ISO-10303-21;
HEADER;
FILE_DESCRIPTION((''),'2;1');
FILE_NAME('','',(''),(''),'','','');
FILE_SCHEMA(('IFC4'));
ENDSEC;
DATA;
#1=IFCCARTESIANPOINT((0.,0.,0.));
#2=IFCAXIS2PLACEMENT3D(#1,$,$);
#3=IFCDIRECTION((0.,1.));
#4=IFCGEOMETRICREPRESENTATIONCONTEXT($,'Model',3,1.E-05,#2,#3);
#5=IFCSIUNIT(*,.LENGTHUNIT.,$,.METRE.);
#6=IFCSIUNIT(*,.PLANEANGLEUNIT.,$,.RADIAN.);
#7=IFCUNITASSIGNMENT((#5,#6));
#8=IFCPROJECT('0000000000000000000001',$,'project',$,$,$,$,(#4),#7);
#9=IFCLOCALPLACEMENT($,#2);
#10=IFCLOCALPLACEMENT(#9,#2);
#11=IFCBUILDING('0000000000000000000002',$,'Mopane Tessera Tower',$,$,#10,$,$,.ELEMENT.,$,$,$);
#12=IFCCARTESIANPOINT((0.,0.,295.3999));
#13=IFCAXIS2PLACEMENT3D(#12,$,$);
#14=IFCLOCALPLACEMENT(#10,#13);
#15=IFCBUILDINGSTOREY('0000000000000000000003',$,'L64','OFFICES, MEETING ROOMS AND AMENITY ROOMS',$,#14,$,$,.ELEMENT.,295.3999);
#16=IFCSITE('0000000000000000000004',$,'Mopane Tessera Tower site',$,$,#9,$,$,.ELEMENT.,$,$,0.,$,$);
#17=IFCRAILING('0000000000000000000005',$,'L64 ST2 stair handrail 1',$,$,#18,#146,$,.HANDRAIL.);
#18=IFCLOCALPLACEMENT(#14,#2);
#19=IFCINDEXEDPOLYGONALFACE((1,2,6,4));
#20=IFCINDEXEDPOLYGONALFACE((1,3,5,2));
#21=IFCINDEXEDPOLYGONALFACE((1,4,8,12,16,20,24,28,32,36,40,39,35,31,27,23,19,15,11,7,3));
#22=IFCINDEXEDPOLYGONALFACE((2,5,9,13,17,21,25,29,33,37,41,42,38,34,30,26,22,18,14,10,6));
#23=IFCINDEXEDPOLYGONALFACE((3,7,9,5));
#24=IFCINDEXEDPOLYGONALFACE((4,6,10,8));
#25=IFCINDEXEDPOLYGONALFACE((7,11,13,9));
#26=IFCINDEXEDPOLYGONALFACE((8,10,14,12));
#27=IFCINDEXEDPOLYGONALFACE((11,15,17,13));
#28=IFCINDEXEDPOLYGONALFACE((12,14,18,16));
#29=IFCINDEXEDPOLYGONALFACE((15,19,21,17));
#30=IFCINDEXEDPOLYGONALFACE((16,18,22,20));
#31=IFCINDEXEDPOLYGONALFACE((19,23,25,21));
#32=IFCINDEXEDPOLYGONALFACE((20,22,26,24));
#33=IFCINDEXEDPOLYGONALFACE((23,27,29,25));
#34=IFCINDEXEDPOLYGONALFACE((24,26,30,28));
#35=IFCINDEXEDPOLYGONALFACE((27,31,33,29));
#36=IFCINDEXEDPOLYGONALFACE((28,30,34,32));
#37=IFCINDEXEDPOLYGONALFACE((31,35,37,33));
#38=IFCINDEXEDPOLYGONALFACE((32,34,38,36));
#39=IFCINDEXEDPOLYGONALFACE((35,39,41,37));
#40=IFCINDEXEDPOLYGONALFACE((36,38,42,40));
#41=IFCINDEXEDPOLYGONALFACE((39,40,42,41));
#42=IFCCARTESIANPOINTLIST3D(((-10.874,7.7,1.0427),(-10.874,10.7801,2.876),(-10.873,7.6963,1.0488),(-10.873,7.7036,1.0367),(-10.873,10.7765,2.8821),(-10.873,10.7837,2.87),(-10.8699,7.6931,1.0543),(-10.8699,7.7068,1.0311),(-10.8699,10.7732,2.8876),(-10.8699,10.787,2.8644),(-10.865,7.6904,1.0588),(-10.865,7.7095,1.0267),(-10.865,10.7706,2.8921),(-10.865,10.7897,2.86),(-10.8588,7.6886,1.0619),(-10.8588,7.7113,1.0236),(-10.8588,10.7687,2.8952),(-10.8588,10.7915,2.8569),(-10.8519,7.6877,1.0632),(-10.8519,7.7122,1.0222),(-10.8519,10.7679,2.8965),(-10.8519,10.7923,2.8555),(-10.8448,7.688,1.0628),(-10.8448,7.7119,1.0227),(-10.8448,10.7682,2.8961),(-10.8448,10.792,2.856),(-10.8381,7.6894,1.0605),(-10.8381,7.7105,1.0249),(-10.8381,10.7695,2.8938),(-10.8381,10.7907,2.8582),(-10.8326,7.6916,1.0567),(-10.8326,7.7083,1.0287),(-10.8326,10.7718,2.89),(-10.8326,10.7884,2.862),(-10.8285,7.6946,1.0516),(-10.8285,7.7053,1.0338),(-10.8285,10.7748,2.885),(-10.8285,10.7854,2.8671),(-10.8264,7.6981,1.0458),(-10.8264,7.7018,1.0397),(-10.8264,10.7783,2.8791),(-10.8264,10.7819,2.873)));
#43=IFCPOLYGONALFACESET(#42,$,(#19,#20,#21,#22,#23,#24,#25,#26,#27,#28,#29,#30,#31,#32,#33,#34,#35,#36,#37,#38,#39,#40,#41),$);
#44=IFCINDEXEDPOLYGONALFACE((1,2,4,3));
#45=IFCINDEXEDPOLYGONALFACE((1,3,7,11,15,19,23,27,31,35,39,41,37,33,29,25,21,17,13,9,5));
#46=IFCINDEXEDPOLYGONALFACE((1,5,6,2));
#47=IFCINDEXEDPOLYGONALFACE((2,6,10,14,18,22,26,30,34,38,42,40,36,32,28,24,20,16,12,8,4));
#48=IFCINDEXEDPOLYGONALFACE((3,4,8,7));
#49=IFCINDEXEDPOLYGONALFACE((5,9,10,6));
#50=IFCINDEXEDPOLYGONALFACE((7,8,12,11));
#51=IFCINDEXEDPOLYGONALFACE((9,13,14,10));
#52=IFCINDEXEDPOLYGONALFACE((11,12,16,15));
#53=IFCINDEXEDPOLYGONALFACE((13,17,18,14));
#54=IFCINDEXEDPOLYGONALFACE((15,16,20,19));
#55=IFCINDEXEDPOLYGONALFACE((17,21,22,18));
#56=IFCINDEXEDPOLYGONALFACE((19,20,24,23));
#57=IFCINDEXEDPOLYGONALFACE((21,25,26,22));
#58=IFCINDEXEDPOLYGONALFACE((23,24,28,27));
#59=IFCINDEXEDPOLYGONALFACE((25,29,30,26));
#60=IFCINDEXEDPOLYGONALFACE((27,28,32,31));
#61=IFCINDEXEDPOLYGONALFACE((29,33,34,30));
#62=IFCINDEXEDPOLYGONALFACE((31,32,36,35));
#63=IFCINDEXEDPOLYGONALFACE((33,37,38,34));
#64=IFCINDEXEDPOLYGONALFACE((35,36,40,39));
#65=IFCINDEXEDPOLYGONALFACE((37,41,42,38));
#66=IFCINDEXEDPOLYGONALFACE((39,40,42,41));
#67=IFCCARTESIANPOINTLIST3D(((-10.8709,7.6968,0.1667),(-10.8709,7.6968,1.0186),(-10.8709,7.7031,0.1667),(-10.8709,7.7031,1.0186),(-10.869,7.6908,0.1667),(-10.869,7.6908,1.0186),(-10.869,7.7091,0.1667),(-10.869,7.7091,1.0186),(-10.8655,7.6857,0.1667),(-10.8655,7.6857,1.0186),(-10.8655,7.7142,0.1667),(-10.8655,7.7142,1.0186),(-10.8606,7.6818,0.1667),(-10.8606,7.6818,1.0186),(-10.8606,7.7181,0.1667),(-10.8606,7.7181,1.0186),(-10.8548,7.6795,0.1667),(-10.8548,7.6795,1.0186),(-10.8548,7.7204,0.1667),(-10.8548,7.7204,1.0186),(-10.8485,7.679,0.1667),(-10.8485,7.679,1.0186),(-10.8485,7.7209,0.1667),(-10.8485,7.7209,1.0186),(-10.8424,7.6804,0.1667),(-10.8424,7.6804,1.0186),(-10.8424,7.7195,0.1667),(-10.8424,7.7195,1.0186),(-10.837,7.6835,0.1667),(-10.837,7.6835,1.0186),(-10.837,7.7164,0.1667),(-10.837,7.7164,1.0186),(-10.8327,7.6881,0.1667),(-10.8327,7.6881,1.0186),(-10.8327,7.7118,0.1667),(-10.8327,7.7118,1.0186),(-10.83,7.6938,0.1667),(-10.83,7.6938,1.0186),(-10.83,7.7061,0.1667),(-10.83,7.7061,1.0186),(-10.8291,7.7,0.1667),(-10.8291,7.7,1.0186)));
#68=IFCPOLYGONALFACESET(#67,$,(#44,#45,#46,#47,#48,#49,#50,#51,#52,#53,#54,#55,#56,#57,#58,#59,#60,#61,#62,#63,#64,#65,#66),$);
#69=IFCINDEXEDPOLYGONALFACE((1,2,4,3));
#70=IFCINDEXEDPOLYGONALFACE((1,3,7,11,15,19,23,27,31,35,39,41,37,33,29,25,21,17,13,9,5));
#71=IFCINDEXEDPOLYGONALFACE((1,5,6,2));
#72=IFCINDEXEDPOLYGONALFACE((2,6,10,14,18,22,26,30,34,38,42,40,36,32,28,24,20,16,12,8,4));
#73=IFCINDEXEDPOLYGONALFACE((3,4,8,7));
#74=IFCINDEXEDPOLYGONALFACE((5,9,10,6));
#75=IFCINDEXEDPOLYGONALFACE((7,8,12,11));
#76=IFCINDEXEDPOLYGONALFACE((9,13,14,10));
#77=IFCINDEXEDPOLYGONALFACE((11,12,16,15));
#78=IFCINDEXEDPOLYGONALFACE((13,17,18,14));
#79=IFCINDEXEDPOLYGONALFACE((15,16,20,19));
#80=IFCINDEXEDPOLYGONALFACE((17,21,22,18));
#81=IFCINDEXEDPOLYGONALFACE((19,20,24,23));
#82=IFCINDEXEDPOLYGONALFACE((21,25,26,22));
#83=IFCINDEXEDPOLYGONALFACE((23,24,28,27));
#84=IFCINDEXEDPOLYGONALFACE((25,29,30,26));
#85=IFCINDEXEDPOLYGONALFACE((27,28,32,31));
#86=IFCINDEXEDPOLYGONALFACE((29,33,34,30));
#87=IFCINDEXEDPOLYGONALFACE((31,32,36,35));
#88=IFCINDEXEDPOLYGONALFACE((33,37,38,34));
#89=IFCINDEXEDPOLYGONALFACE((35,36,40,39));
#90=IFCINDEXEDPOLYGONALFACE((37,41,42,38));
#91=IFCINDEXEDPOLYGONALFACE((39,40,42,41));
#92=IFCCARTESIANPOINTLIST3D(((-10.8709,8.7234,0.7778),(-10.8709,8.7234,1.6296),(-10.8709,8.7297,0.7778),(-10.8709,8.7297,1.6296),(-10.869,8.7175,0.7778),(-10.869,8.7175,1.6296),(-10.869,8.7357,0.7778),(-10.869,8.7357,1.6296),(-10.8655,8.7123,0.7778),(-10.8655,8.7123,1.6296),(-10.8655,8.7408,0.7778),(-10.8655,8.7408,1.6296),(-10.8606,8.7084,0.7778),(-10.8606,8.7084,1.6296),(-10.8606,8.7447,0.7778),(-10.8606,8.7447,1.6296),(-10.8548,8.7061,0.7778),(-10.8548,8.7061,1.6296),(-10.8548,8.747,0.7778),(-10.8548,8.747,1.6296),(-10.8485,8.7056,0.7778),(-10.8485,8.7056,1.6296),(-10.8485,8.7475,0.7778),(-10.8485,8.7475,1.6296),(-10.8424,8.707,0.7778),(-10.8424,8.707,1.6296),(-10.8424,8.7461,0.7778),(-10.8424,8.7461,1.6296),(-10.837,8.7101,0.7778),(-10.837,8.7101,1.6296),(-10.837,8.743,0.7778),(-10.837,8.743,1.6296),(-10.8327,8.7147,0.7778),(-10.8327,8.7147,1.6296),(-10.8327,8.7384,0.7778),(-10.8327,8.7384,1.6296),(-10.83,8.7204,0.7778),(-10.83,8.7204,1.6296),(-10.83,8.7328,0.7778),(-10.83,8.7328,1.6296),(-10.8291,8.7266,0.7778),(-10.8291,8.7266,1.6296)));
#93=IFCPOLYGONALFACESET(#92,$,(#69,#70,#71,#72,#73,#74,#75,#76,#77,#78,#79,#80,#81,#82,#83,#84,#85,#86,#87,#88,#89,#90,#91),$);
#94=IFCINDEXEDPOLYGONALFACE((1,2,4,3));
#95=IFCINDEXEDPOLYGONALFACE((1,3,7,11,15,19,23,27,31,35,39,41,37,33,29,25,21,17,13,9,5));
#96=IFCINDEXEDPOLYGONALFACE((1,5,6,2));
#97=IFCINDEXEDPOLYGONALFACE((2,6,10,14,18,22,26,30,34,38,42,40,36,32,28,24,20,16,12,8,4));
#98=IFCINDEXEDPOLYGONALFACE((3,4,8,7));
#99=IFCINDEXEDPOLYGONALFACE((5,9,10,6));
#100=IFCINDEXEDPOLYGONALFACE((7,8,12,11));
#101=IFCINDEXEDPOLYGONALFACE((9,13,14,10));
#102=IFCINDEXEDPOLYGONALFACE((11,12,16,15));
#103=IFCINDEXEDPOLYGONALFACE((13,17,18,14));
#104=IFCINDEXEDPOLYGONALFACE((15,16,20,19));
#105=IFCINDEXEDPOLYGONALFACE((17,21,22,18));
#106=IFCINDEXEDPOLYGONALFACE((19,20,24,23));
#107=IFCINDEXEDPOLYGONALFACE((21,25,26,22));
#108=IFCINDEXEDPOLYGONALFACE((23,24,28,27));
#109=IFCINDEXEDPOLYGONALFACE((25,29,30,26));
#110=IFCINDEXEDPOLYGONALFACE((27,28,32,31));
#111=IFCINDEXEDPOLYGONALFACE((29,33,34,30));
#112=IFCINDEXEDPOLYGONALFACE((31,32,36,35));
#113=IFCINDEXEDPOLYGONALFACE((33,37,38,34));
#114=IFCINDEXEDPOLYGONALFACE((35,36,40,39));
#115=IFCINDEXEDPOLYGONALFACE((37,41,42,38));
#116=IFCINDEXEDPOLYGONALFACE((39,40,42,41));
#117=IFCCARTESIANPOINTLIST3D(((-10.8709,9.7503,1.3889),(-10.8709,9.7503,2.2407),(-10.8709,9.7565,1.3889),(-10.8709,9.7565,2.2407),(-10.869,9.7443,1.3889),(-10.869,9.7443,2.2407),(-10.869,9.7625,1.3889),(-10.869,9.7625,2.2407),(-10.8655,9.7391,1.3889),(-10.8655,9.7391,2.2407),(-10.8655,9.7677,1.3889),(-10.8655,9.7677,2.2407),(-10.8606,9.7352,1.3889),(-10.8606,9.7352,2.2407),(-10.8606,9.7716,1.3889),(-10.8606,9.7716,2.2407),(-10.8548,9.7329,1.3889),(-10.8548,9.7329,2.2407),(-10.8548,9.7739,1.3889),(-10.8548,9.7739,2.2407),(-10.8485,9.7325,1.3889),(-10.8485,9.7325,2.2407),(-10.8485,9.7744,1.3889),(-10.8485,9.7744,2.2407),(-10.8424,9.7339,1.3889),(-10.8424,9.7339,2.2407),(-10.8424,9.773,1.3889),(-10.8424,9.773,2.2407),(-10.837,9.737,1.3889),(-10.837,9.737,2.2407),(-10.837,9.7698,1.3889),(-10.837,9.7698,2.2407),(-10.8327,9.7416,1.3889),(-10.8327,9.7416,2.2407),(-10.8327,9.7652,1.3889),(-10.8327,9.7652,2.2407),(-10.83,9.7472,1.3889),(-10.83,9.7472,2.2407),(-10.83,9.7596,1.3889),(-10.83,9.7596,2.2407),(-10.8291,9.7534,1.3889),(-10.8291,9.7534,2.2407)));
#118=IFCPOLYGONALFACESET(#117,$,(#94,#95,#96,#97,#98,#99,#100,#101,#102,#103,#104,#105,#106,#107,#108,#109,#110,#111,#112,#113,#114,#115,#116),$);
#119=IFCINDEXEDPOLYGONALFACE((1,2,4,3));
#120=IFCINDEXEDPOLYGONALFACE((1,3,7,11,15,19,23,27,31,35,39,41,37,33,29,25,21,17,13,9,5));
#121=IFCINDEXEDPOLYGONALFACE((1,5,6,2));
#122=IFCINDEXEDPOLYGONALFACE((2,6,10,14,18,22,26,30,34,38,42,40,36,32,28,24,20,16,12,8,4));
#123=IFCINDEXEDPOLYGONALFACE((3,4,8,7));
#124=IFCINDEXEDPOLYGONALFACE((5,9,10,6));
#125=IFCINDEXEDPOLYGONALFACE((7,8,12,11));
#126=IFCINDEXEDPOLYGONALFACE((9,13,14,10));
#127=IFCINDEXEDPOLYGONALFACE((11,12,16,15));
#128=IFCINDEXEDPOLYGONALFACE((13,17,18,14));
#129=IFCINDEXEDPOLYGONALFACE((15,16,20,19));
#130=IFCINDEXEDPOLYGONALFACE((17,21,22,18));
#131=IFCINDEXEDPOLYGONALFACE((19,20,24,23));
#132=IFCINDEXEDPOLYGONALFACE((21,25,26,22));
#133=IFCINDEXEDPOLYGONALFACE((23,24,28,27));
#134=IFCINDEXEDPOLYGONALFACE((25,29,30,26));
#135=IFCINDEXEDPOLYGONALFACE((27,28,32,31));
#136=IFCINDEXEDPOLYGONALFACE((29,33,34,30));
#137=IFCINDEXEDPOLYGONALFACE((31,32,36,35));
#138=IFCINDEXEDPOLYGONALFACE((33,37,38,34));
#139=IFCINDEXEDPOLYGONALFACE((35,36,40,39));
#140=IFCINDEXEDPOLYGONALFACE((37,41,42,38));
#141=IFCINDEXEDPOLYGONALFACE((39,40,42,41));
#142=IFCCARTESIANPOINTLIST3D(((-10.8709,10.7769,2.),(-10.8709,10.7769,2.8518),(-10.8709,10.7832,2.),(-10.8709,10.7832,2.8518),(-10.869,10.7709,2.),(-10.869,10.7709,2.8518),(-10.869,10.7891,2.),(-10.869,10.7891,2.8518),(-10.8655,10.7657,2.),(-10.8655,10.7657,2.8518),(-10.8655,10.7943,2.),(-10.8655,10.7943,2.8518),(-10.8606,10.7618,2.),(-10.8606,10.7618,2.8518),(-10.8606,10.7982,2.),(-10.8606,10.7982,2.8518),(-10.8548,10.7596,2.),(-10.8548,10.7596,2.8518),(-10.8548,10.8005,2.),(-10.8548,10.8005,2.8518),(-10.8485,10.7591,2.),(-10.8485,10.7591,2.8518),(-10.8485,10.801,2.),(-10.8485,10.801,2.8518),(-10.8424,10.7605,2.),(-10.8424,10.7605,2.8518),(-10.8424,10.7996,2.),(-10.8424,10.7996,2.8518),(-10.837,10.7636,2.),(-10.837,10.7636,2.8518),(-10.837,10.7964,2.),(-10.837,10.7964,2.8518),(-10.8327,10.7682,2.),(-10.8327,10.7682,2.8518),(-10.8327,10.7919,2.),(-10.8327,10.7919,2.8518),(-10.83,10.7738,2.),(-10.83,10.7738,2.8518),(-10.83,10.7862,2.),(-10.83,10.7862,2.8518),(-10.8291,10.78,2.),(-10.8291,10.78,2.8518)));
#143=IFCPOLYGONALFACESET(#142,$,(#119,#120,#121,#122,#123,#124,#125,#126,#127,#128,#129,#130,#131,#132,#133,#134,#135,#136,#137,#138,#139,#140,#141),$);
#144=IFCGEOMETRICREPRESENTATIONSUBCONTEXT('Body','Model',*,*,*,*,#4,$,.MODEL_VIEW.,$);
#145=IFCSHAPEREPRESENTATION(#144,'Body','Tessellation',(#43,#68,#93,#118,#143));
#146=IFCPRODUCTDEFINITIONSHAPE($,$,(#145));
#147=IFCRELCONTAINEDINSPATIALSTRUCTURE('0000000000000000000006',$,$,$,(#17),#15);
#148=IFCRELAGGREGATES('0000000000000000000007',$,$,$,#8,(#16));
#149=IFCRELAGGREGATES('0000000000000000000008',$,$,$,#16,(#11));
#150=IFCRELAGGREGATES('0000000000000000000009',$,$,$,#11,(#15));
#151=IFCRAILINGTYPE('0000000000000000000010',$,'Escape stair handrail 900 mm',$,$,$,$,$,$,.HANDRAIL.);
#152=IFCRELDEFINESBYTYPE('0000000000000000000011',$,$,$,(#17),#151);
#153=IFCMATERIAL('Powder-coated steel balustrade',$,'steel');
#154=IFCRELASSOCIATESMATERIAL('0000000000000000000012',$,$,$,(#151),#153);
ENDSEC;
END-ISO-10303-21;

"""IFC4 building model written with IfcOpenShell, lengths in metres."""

from ifc_helpers import new_model, si_unit, direction, frame, origin, origin_2d, place, context, subcontext, project, spatial, circle, extrude, material, type_object, element, save


model = new_model("IFC4")

# Units and contexts
model_context = context("Model", 3, precision=1e-05, world=origin(), true_north=direction((0.0, 1.0)))
body_context = subcontext(model_context, "Body", "Model", "MODEL_VIEW")
ifc_project = project(units=[si_unit("LENGTHUNIT", "METRE"), si_unit("PLANEANGLEUNIT", "RADIAN")], contexts=[model_context])

# Site, building, storey
site_placement = place(None, origin())
site = spatial("IfcSite", under=ifc_project, at=site_placement, Name="Mopane Tessera Tower site", CompositionType="ELEMENT", RefElevation=0.0)
building_placement = place(site_placement, origin())
building = spatial("IfcBuilding", under=site, at=building_placement, Name="Mopane Tessera Tower", CompositionType="ELEMENT")
storey_placement = place(building_placement, frame((0.0, 0.0, 295.3999)))
storey = spatial("IfcBuildingStorey", under=building, at=storey_placement, Name="L64", Description="OFFICES, MEETING ROOMS AND AMENITY ROOMS", CompositionType="ELEMENT", Elevation=295.3999)

# Railing
ifc_material_1 = material(Name="Powder-coated steel balustrade", Category="steel")
railing_type_1 = type_object("IfcRailingType", Name="Escape stair handrail 900 mm", PredefinedType="HANDRAIL", material=ifc_material_1)
railing_1_placement = place(storey_placement, frame((-10.8501, 7.7, 0.1667)))
element("IfcRailing", 1, at=railing_1_placement, inside=storey, type_object=railing_type_1, Name="L64 ST2 stair handrail 1", PredefinedType="HANDRAIL", context=body_context, shape_type="SweptSolid", body=[
    extrude(circle(Radius=0.0239, at=origin_2d()), frame((0.0, 0.0, 0.876), z_axis=(0.0, 0.859309, 0.511458), x_axis=(-1.0, 0.0, 0.0)), (0.0, 0.0, 1.0), 3.5845),
    extrude(circle(Radius=0.021, at=origin_2d()), origin(), (0.0, 0.0, 1.0), 0.8518),
    extrude(circle(Radius=0.021, at=origin_2d()), frame((0.0, 1.0266, 0.6111)), (0.0, 0.0, 1.0), 0.8518),
    extrude(circle(Radius=0.021, at=origin_2d()), frame((0.0, 2.0535, 1.2222)), (0.0, 0.0, 1.0), 0.8518),
    extrude(circle(Radius=0.021, at=origin_2d()), frame((0.0, 3.0801, 1.8333)), (0.0, 0.0, 1.0), 0.8518),
])

save(model, "model.ifc")
